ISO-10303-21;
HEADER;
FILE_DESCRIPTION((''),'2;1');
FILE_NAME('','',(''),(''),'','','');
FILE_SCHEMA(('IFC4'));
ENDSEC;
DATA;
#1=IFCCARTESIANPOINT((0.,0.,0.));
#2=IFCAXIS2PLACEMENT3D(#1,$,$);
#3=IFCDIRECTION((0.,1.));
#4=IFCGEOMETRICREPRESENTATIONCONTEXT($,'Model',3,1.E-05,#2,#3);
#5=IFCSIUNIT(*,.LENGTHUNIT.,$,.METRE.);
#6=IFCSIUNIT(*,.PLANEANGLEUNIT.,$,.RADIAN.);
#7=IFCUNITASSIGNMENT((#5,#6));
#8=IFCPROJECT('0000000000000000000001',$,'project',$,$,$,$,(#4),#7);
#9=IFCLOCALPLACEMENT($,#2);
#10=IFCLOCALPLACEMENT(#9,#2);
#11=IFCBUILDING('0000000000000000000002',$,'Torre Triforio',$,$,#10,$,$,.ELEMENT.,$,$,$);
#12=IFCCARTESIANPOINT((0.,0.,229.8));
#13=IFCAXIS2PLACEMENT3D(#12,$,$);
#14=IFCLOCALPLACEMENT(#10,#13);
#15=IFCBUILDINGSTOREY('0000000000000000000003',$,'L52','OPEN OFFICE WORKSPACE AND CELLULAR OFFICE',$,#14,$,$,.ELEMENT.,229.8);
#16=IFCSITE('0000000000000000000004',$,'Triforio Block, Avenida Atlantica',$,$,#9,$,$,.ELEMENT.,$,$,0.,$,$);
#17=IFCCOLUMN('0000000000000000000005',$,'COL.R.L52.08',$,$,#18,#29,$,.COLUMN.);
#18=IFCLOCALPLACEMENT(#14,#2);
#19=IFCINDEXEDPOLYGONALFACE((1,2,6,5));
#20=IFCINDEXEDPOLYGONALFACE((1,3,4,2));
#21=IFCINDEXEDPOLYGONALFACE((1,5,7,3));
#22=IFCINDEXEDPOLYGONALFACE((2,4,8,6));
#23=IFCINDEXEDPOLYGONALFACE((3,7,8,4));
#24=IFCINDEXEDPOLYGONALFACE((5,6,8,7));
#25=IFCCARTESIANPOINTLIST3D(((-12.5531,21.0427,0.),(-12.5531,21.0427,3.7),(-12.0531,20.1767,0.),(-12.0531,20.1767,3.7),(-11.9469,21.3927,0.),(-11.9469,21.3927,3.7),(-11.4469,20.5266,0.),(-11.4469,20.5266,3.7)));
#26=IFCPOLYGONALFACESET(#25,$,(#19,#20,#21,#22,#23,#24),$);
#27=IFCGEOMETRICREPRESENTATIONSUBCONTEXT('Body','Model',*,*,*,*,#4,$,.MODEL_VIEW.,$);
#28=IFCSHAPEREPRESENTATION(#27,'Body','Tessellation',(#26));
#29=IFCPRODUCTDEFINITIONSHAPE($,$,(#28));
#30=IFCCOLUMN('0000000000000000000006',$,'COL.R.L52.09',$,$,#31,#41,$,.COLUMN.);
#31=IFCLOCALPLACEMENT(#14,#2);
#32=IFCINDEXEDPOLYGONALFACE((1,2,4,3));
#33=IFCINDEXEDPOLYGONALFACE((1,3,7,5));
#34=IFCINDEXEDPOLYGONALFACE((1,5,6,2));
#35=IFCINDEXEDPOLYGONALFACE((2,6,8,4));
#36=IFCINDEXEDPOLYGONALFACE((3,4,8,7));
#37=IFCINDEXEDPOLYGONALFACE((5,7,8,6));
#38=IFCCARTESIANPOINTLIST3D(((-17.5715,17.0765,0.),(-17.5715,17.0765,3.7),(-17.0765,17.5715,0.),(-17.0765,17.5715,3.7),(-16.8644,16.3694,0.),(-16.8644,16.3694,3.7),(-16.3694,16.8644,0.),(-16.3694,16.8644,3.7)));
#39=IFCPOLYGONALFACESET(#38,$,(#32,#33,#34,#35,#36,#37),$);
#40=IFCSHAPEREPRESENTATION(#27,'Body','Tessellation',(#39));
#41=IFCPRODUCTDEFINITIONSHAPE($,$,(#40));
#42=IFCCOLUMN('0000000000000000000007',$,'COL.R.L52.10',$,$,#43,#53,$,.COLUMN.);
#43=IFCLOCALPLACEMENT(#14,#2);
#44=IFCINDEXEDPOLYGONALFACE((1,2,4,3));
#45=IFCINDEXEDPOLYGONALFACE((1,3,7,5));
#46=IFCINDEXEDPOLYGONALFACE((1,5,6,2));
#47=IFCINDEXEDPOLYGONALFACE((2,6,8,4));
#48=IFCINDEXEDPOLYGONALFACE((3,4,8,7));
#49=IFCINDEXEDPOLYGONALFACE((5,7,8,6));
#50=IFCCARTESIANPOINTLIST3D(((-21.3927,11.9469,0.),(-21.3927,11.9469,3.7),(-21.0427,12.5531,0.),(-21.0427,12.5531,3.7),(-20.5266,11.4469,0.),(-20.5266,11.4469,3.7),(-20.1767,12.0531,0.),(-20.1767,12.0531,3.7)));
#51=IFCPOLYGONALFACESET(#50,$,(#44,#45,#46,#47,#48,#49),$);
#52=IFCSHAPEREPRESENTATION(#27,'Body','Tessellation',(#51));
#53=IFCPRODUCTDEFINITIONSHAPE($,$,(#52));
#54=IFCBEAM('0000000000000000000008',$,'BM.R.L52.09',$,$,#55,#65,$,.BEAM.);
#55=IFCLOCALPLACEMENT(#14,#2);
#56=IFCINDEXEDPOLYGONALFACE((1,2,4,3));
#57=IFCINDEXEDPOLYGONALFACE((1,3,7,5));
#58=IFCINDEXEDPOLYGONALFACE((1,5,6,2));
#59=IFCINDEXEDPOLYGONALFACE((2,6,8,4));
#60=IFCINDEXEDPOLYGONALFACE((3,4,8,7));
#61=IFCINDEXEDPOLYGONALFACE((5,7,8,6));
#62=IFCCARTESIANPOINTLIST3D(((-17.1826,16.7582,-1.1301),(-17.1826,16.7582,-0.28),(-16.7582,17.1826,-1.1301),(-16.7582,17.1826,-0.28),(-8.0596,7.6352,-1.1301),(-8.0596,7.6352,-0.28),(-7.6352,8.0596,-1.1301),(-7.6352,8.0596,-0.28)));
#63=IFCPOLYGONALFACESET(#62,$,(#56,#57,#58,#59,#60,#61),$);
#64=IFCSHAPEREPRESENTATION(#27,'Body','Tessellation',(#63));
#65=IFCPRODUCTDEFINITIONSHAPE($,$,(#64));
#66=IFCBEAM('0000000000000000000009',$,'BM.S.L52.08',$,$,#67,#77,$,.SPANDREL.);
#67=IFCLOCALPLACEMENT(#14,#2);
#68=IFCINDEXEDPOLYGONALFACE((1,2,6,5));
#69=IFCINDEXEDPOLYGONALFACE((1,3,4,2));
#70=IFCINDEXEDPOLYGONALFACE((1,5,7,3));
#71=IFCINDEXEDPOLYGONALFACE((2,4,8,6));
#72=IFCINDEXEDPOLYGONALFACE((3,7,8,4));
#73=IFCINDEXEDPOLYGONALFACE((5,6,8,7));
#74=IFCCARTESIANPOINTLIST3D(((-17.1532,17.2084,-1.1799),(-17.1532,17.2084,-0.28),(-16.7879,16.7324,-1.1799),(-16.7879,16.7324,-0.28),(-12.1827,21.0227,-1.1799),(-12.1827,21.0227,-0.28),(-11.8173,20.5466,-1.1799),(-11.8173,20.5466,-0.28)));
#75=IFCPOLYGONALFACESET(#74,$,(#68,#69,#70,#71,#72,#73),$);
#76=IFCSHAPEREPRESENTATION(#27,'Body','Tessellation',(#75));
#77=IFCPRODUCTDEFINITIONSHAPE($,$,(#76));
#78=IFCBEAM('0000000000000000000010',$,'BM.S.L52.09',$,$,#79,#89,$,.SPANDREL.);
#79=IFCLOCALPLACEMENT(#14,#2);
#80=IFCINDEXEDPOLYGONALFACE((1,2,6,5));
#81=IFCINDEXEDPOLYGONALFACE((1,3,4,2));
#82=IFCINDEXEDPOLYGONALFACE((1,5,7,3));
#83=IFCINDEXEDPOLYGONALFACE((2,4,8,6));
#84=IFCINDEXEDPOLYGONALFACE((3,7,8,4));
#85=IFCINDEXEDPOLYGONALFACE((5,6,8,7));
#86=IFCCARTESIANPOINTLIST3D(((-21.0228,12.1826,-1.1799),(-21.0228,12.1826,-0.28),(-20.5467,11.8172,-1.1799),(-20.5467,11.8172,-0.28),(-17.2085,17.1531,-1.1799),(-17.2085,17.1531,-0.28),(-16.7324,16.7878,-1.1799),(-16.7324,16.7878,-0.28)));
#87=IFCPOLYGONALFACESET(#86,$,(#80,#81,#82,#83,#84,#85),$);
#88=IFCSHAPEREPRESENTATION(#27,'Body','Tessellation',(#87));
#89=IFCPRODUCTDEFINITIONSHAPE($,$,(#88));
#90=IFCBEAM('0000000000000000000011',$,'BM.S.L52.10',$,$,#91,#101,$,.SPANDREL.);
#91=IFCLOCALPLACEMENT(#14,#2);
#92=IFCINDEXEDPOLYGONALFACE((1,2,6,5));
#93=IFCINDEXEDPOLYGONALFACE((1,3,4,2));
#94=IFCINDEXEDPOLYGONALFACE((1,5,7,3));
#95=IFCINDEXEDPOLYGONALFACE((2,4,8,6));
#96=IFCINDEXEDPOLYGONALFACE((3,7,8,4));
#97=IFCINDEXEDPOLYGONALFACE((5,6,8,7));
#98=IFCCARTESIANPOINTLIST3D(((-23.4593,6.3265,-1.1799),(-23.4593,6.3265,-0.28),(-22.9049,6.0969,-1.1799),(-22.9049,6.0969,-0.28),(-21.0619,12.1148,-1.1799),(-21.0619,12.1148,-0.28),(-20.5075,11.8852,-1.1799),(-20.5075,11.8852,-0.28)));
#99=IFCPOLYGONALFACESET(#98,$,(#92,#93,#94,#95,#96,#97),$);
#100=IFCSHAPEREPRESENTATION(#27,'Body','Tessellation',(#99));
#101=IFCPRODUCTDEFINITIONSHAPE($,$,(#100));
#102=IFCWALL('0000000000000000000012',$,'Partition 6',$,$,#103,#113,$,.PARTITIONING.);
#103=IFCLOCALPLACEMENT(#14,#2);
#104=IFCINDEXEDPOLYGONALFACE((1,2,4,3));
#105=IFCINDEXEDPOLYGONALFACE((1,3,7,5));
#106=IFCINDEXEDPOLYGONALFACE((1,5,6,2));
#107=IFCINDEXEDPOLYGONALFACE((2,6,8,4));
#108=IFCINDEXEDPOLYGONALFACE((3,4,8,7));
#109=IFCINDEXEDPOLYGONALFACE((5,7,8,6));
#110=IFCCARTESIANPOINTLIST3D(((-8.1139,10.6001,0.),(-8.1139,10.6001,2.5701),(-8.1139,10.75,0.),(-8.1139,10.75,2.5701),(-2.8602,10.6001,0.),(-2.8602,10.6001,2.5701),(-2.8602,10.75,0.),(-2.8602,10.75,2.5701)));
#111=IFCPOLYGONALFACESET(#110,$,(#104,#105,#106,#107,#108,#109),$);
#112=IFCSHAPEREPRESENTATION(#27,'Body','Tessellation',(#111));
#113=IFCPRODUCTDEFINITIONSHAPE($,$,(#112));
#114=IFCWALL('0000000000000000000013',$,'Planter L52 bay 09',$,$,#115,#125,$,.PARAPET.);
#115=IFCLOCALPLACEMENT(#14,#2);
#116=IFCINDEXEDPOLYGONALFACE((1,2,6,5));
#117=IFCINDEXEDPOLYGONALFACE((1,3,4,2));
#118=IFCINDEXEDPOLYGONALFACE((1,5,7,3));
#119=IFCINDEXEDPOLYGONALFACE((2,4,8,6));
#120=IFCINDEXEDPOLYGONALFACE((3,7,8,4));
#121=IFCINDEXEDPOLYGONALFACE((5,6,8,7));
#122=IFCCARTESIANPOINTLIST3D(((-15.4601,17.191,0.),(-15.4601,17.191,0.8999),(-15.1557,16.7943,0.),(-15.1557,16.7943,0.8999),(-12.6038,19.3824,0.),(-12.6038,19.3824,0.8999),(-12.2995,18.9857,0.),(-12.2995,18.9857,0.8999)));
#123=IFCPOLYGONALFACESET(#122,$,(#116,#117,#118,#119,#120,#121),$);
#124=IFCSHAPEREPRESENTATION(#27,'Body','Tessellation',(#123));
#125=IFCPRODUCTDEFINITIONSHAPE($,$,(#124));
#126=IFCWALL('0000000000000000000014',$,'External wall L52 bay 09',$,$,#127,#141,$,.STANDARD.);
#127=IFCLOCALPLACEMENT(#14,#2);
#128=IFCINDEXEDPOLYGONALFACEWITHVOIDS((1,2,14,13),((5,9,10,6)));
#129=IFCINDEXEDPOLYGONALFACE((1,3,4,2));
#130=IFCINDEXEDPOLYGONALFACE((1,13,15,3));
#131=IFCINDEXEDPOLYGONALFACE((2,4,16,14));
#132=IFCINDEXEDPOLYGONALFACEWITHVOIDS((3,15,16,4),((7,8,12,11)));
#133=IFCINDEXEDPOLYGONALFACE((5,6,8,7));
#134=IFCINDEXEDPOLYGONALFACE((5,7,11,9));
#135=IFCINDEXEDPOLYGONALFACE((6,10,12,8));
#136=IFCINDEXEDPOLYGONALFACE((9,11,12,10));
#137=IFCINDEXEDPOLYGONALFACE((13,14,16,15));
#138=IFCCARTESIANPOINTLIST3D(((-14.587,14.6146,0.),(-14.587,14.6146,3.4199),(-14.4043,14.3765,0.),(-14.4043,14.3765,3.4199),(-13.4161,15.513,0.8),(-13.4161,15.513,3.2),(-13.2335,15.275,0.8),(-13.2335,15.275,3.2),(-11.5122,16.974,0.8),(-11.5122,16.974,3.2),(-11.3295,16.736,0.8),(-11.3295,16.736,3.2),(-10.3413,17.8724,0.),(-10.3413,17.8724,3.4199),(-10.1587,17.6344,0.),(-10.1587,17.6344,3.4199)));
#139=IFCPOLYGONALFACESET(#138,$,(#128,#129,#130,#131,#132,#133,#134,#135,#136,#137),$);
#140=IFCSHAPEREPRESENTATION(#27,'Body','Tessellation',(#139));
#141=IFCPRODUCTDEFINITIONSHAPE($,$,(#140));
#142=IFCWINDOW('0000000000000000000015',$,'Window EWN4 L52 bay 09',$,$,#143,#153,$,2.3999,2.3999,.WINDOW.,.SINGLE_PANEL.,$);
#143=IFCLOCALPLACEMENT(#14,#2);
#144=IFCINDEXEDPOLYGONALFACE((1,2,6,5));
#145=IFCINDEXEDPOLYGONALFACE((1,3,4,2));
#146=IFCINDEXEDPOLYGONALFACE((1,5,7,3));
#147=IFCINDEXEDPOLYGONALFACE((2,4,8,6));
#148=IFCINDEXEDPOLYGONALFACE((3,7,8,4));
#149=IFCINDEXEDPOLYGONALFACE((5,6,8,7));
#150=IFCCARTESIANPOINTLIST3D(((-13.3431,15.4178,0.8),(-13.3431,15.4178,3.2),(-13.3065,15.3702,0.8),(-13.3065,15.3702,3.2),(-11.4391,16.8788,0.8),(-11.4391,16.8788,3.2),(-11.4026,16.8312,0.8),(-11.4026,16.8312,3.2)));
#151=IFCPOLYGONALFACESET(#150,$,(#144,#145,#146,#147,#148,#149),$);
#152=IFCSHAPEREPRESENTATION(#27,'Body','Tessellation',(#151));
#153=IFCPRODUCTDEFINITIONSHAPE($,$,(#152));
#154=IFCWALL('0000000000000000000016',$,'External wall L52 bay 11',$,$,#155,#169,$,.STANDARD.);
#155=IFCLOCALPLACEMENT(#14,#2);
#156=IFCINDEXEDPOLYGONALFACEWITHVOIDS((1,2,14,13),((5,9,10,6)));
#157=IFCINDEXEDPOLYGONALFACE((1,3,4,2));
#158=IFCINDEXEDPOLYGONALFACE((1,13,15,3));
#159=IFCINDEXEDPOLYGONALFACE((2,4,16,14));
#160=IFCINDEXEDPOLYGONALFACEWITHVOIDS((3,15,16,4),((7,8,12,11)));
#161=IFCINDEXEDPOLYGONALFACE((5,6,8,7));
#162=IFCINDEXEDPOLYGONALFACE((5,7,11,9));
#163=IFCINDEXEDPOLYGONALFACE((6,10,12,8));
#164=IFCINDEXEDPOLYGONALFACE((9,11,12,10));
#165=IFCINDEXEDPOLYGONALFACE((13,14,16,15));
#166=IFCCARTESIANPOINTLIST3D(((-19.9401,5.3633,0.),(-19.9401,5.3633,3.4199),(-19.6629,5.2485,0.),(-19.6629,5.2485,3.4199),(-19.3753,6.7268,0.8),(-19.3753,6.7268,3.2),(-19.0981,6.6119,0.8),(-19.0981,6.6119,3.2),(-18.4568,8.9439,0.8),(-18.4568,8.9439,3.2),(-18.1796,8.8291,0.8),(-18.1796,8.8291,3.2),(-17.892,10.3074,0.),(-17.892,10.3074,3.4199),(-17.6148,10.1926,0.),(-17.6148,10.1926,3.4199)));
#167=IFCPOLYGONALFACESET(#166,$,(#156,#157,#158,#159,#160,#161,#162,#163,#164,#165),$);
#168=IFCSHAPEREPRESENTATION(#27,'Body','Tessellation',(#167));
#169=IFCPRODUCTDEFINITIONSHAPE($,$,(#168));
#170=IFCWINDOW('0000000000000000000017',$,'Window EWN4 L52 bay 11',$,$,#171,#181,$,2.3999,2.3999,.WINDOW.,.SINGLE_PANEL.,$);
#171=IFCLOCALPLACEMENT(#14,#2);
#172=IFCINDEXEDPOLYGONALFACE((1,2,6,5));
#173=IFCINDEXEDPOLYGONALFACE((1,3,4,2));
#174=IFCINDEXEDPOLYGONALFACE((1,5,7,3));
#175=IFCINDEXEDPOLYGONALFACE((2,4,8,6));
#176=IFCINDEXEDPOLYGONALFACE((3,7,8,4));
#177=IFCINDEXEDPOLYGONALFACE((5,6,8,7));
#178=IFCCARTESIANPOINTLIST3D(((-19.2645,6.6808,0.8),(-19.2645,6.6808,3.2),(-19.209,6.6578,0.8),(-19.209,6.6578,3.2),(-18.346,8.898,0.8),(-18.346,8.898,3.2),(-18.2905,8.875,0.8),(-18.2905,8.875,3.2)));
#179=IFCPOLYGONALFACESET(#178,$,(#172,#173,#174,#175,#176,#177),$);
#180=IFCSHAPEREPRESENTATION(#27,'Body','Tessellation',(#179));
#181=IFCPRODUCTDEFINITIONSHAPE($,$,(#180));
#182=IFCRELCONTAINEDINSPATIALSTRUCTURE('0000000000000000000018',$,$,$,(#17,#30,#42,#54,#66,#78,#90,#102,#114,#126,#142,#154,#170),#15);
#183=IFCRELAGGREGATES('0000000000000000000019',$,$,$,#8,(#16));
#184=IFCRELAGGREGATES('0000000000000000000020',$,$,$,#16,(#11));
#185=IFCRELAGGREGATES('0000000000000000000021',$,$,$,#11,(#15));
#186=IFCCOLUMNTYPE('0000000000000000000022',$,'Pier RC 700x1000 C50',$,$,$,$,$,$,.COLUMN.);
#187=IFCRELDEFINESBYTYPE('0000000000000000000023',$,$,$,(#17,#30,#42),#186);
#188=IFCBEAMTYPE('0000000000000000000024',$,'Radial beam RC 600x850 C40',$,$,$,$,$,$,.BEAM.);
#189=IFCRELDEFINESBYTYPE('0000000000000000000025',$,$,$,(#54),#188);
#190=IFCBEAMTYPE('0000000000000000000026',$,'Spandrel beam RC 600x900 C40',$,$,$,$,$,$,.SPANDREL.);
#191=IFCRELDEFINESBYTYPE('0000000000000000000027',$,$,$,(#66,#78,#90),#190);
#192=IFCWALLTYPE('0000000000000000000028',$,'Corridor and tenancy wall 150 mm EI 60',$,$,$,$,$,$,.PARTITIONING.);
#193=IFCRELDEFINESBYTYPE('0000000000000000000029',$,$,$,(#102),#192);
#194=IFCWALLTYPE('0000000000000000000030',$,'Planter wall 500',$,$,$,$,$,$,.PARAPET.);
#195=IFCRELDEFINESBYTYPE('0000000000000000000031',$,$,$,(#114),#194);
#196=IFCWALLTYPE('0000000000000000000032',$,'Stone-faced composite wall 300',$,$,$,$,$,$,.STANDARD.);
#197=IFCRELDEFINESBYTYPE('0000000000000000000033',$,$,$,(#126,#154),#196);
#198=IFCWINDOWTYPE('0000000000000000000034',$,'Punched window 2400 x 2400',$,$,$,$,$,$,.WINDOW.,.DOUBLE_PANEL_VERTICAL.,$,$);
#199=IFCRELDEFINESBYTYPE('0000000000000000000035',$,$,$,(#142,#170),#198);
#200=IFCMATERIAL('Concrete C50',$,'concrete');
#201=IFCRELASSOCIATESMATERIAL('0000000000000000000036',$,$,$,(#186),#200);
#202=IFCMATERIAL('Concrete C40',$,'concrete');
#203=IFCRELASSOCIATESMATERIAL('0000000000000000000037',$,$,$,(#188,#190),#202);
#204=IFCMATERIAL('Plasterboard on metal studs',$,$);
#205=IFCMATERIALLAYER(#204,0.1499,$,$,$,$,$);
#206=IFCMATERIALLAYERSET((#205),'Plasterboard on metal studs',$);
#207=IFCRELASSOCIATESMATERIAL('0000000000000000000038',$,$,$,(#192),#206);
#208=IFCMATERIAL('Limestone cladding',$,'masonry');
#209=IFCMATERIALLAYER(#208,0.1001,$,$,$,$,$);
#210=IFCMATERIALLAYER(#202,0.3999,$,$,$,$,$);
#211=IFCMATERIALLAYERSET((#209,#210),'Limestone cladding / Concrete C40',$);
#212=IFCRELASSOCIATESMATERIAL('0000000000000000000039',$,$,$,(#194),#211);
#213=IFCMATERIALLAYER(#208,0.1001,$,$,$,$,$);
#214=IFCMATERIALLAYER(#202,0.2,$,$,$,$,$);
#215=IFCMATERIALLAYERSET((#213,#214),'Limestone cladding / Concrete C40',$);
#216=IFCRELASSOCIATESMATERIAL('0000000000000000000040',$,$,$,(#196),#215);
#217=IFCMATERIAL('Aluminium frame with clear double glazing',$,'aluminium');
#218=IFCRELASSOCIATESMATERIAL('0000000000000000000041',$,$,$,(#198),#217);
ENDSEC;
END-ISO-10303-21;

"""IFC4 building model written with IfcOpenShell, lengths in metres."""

from ifc_helpers import new_model, si_unit, direction, frame, frame_2d, origin, origin_2d, place, context, subcontext, project, spatial, rectangle, extrude, material, layer, layer_set, material_profile, profile_set, type_object, element, fill, save


model = new_model("IFC4")

# Units and contexts
model_context = context("Model", 3, precision=1e-05, world=origin(), true_north=direction((0.0, 1.0)))
body_context = subcontext(model_context, "Body", "Model", "MODEL_VIEW")
ifc_project = project(units=[si_unit("LENGTHUNIT", "METRE"), si_unit("PLANEANGLEUNIT", "RADIAN")], contexts=[model_context])

# Site, building, storey
site_placement = place(None, origin())
site = spatial("IfcSite", under=ifc_project, at=site_placement, Name="Triforio Block, Avenida Atlantica", CompositionType="ELEMENT", RefElevation=0.0)
building_placement = place(site_placement, origin())
building = spatial("IfcBuilding", under=site, at=building_placement, Name="Torre Triforio", CompositionType="ELEMENT")
storey_placement = place(building_placement, frame((0.0, 0.0, 229.8)))
storey = spatial("IfcBuildingStorey", under=building, at=storey_placement, Name="L52", Description="OPEN OFFICE WORKSPACE AND CELLULAR OFFICE", CompositionType="ELEMENT", Elevation=229.8)

# Columns
ifc_material_1 = material(Name="Concrete C50", Category="concrete")
ifc_material_profile_1 = material_profile(ifc_material_1, rectangle(XDim=0.7, YDim=1.0, at=origin_2d()), Name="RC 700x1000")
ifc_profile_set_1 = profile_set([ifc_material_profile_1], Name="Concrete C50")
column_type = type_object("IfcColumnType", Name="Pier RC 700x1000 C50", PredefinedType="COLUMN", material=ifc_profile_set_1)
for number, where, z_axis, x_axis, name in (
    (1, (-12.0, 20.7847, 0.0), (0.0, 0.0, 1.0), (-0.866025, -0.5, 0.0), "COL.R.L52.08"),
    (2, (-16.9705, 16.9705, 0.0), (0.0, 0.0, 1.0), (-0.707107, -0.707107, 0.0), "COL.R.L52.09"),
    (3, (-20.7847, 12.0, 0.0), (0.0, 0.0, 1.0), (-0.5, -0.866025, 0.0), "COL.R.L52.10"),
):
    element("IfcColumn", number, at=place(storey_placement, frame(where, z_axis=z_axis, x_axis=x_axis)), inside=storey, type_object=column_type, Name=name, PredefinedType="COLUMN", context=body_context, shape_type="SweptSolid", body=[
        extrude(rectangle(XDim=0.7, YDim=1.0, at=origin_2d()), origin(), (0.0, 0.0, 1.0), 3.7),
    ])

# Beams
ifc_material_2 = material(Name="Concrete C40", Category="concrete")
ifc_material_profile_2 = material_profile(ifc_material_2, rectangle(XDim=0.6001, YDim=0.8501, at=origin_2d()), Name="RC 600x850")
ifc_profile_set_2 = profile_set([ifc_material_profile_2], Name="Concrete C40")
beam_type_1 = type_object("IfcBeamType", Name="Radial beam RC 600x850 C40", PredefinedType="BEAM", material=ifc_profile_set_2)
beam_1_placement = place(storey_placement, frame((-7.8474, 7.8474, -0.7051), z_axis=(-0.707107, 0.707107, 0.0), x_axis=(-0.707107, -0.707107, 0.0)))
element("IfcBeam", 4, at=beam_1_placement, inside=storey, type_object=beam_type_1, Name="BM.R.L52.09", PredefinedType="BEAM", context=body_context, shape_type="SweptSolid", body=[
    extrude(rectangle(XDim=0.6001, YDim=0.8501, at=origin_2d()), origin(), (0.0, 0.0, 1.0), 12.9019),
])
ifc_material_profile_3 = material_profile(ifc_material_2, rectangle(XDim=0.6001, YDim=0.8999, at=origin_2d()), Name="RC 600x900")
ifc_profile_set_3 = profile_set([ifc_material_profile_3], Name="Concrete C40")
beam_type_2 = type_object("IfcBeamType", Name="Spandrel beam RC 600x900 C40", PredefinedType="SPANDREL", material=ifc_profile_set_3)
for number, where, z_axis, x_axis, name in (
    (5, (-12.0, 20.7847, -0.73), (-0.793335, -0.608786, 0.0), (0.608786, -0.793335, 0.0), "BM.S.L52.08"),
    (6, (-16.9705, 16.9705, -0.73), (-0.608786, -0.793335, 0.0), (0.793335, -0.608786, 0.0), "BM.S.L52.09"),
):
    element("IfcBeam", number, at=place(storey_placement, frame(where, z_axis=z_axis, x_axis=x_axis)), inside=storey, type_object=beam_type_2, Name=name, PredefinedType="SPANDREL", context=body_context, shape_type="SweptSolid", body=[
        extrude(rectangle(XDim=0.6001, YDim=0.8999, at=origin_2d()), origin(), (0.0, 0.0, 1.0), 6.2654),
    ])
beam_2_placement = place(storey_placement, frame((-20.7847, 12.0, -0.73), z_axis=(-0.382664, -0.923888, 0.0), x_axis=(0.923888, -0.382664, 0.0)))
element("IfcBeam", 7, at=beam_2_placement, inside=storey, type_object=beam_type_2, Name="BM.S.L52.10", PredefinedType="SPANDREL", context=body_context, shape_type="SweptSolid", body=[
    extrude(rectangle(XDim=0.6001, YDim=0.8999, at=origin_2d()), origin(), (0.0, 0.0, 1.0), 6.2651),
])

# Walls
ifc_material_3 = material(Name="Plasterboard on metal studs")
ifc_layer_1 = layer(ifc_material_3, 0.1499)
ifc_layer_set_1 = layer_set([ifc_layer_1], Name="Plasterboard on metal studs")
wall_type_1 = type_object("IfcWallType", Name="Corridor and tenancy wall 150 mm EI 60", PredefinedType="PARTITIONING", material=ifc_layer_set_1)
wall_1_placement = place(storey_placement, frame((-8.114, 10.675, 0.0), z_axis=(0.0, 0.0, 1.0), x_axis=(1.0, 0.0, 0.0)))
element("IfcWall", 8, at=wall_1_placement, inside=storey, type_object=wall_type_1, Name="Partition 6", PredefinedType="PARTITIONING", context=body_context, shape_type="SweptSolid", body=[
    extrude(rectangle(XDim=5.2537, YDim=0.1499, at=frame_2d((2.627, 0.0))), origin(), (0.0, 0.0, 1.0), 2.5701),
])
ifc_material_4 = material(Name="Limestone cladding", Category="masonry")
ifc_layer_2 = layer(ifc_material_4, 0.1001)
ifc_layer_3 = layer(ifc_material_2, 0.3999)
ifc_layer_set_2 = layer_set([ifc_layer_2, ifc_layer_3], Name="Limestone cladding / Concrete C40")
wall_type_2 = type_object("IfcWallType", Name="Planter wall 500", PredefinedType="PARAPET", material=ifc_layer_set_2)
wall_2_placement = place(storey_placement, frame((-12.4517, 19.1841, 0.0), z_axis=(0.0, 0.0, 1.0), x_axis=(-0.793385, -0.608721, 0.0)))
element("IfcWall", 9, at=wall_2_placement, inside=storey, type_object=wall_type_2, Name="Planter L52 bay 09", PredefinedType="PARAPET", context=body_context, shape_type="SweptSolid", body=[
    extrude(rectangle(XDim=3.6001, YDim=0.5, at=frame_2d((1.8, 0.0))), origin(), (0.0, 0.0, 1.0), 0.8999),
])

# Wall, opening, window
ifc_layer_4 = layer(ifc_material_4, 0.1001)
ifc_layer_5 = layer(ifc_material_2, 0.2)
ifc_layer_set_3 = layer_set([ifc_layer_4, ifc_layer_5], Name="Limestone cladding / Concrete C40")
wall_type_3 = type_object("IfcWallType", Name="Stone-faced composite wall 300", PredefinedType="STANDARD", material=ifc_layer_set_3)
wall_3_placement = place(storey_placement, frame((-10.25, 17.7534, 0.0), z_axis=(0.0, 0.0, 1.0), x_axis=(-0.793349, -0.608767, 0.0)))
wall_3 = element("IfcWall", 10, at=wall_3_placement, inside=storey, type_object=wall_type_3, Name="External wall L52 bay 09", PredefinedType="STANDARD", context=body_context, shape_type="SweptSolid", body=[
    extrude(rectangle(XDim=5.3516, YDim=0.3, at=frame_2d((2.6758, 0.0))), origin(), (0.0, 0.0, 1.0), 3.4199),
])
opening_1_placement = place(wall_3_placement, frame((1.4758, 0.0, 0.8)))
opening_1 = element("IfcOpeningElement", 11, at=opening_1_placement, cuts=wall_3, PredefinedType="OPENING", context=body_context, shape_type="SweptSolid", body=[
    extrude(rectangle(XDim=2.3999, YDim=2.3999, at=frame_2d((1.2, 1.2))), frame((0.0, 0.1599, 0.0), z_axis=(0.0, -1.0, 0.0), x_axis=(1.0, 0.0, 0.0)), (0.0, 0.0, 1.0), 0.3201),
])
ifc_material_5 = material(Name="Aluminium frame with clear double glazing", Category="aluminium")
window_type_1 = type_object("IfcWindowType", Name="Punched window 2400 x 2400", PartitioningType="DOUBLE_PANEL_VERTICAL", PredefinedType="WINDOW", material=ifc_material_5)
window_1_placement = place(opening_1_placement, origin())
window_1 = element("IfcWindow", 12, at=window_1_placement, inside=storey, type_object=window_type_1, Name="Window EWN4 L52 bay 09", OverallHeight=2.3999, OverallWidth=2.3999, PartitioningType="SINGLE_PANEL", PredefinedType="WINDOW", context=body_context, shape_type="SweptSolid", body=[
    extrude(rectangle(XDim=2.3999, YDim=2.3999, at=frame_2d((1.2, 1.2))), frame((0.0, 0.03, 0.0), z_axis=(0.0, -1.0, 0.0), x_axis=(1.0, 0.0, 0.0)), (0.0, 0.0, 1.0), 0.0601),
])
fill(opening_1, window_1)

# Wall, opening, window
wall_4_placement = place(storey_placement, frame((-17.7534, 10.25, 0.0), z_axis=(0.0, 0.0, 1.0), x_axis=(-0.382713, -0.923867, 0.0)))
wall_4 = element("IfcWall", 13, at=wall_4_placement, inside=storey, type_object=wall_type_3, Name="External wall L52 bay 11", PredefinedType="STANDARD", context=body_context, shape_type="SweptSolid", body=[
    extrude(rectangle(XDim=5.3516, YDim=0.3, at=frame_2d((2.6758, 0.0))), origin(), (0.0, 0.0, 1.0), 3.4199),
])
opening_2_placement = place(wall_4_placement, frame((1.4758, 0.0, 0.8)))
opening_2 = element("IfcOpeningElement", 14, at=opening_2_placement, cuts=wall_4, PredefinedType="OPENING", context=body_context, shape_type="SweptSolid", body=[
    extrude(rectangle(XDim=2.3999, YDim=2.3999, at=frame_2d((1.2, 1.2))), frame((0.0, 0.1599, 0.0), z_axis=(0.0, -1.0, 0.0), x_axis=(1.0, 0.0, 0.0)), (0.0, 0.0, 1.0), 0.3201),
])
window_2_placement = place(opening_2_placement, origin())
window_2 = element("IfcWindow", 15, at=window_2_placement, inside=storey, type_object=window_type_1, Name="Window EWN4 L52 bay 11", OverallHeight=2.3999, OverallWidth=2.3999, PartitioningType="SINGLE_PANEL", PredefinedType="WINDOW", context=body_context, shape_type="SweptSolid", body=[
    extrude(rectangle(XDim=2.3999, YDim=2.3999, at=frame_2d((1.2, 1.2))), frame((0.0, 0.03, 0.0), z_axis=(0.0, -1.0, 0.0), x_axis=(1.0, 0.0, 0.0)), (0.0, 0.0, 1.0), 0.0601),
])
fill(opening_2, window_2)

save(model, "model.ifc")
